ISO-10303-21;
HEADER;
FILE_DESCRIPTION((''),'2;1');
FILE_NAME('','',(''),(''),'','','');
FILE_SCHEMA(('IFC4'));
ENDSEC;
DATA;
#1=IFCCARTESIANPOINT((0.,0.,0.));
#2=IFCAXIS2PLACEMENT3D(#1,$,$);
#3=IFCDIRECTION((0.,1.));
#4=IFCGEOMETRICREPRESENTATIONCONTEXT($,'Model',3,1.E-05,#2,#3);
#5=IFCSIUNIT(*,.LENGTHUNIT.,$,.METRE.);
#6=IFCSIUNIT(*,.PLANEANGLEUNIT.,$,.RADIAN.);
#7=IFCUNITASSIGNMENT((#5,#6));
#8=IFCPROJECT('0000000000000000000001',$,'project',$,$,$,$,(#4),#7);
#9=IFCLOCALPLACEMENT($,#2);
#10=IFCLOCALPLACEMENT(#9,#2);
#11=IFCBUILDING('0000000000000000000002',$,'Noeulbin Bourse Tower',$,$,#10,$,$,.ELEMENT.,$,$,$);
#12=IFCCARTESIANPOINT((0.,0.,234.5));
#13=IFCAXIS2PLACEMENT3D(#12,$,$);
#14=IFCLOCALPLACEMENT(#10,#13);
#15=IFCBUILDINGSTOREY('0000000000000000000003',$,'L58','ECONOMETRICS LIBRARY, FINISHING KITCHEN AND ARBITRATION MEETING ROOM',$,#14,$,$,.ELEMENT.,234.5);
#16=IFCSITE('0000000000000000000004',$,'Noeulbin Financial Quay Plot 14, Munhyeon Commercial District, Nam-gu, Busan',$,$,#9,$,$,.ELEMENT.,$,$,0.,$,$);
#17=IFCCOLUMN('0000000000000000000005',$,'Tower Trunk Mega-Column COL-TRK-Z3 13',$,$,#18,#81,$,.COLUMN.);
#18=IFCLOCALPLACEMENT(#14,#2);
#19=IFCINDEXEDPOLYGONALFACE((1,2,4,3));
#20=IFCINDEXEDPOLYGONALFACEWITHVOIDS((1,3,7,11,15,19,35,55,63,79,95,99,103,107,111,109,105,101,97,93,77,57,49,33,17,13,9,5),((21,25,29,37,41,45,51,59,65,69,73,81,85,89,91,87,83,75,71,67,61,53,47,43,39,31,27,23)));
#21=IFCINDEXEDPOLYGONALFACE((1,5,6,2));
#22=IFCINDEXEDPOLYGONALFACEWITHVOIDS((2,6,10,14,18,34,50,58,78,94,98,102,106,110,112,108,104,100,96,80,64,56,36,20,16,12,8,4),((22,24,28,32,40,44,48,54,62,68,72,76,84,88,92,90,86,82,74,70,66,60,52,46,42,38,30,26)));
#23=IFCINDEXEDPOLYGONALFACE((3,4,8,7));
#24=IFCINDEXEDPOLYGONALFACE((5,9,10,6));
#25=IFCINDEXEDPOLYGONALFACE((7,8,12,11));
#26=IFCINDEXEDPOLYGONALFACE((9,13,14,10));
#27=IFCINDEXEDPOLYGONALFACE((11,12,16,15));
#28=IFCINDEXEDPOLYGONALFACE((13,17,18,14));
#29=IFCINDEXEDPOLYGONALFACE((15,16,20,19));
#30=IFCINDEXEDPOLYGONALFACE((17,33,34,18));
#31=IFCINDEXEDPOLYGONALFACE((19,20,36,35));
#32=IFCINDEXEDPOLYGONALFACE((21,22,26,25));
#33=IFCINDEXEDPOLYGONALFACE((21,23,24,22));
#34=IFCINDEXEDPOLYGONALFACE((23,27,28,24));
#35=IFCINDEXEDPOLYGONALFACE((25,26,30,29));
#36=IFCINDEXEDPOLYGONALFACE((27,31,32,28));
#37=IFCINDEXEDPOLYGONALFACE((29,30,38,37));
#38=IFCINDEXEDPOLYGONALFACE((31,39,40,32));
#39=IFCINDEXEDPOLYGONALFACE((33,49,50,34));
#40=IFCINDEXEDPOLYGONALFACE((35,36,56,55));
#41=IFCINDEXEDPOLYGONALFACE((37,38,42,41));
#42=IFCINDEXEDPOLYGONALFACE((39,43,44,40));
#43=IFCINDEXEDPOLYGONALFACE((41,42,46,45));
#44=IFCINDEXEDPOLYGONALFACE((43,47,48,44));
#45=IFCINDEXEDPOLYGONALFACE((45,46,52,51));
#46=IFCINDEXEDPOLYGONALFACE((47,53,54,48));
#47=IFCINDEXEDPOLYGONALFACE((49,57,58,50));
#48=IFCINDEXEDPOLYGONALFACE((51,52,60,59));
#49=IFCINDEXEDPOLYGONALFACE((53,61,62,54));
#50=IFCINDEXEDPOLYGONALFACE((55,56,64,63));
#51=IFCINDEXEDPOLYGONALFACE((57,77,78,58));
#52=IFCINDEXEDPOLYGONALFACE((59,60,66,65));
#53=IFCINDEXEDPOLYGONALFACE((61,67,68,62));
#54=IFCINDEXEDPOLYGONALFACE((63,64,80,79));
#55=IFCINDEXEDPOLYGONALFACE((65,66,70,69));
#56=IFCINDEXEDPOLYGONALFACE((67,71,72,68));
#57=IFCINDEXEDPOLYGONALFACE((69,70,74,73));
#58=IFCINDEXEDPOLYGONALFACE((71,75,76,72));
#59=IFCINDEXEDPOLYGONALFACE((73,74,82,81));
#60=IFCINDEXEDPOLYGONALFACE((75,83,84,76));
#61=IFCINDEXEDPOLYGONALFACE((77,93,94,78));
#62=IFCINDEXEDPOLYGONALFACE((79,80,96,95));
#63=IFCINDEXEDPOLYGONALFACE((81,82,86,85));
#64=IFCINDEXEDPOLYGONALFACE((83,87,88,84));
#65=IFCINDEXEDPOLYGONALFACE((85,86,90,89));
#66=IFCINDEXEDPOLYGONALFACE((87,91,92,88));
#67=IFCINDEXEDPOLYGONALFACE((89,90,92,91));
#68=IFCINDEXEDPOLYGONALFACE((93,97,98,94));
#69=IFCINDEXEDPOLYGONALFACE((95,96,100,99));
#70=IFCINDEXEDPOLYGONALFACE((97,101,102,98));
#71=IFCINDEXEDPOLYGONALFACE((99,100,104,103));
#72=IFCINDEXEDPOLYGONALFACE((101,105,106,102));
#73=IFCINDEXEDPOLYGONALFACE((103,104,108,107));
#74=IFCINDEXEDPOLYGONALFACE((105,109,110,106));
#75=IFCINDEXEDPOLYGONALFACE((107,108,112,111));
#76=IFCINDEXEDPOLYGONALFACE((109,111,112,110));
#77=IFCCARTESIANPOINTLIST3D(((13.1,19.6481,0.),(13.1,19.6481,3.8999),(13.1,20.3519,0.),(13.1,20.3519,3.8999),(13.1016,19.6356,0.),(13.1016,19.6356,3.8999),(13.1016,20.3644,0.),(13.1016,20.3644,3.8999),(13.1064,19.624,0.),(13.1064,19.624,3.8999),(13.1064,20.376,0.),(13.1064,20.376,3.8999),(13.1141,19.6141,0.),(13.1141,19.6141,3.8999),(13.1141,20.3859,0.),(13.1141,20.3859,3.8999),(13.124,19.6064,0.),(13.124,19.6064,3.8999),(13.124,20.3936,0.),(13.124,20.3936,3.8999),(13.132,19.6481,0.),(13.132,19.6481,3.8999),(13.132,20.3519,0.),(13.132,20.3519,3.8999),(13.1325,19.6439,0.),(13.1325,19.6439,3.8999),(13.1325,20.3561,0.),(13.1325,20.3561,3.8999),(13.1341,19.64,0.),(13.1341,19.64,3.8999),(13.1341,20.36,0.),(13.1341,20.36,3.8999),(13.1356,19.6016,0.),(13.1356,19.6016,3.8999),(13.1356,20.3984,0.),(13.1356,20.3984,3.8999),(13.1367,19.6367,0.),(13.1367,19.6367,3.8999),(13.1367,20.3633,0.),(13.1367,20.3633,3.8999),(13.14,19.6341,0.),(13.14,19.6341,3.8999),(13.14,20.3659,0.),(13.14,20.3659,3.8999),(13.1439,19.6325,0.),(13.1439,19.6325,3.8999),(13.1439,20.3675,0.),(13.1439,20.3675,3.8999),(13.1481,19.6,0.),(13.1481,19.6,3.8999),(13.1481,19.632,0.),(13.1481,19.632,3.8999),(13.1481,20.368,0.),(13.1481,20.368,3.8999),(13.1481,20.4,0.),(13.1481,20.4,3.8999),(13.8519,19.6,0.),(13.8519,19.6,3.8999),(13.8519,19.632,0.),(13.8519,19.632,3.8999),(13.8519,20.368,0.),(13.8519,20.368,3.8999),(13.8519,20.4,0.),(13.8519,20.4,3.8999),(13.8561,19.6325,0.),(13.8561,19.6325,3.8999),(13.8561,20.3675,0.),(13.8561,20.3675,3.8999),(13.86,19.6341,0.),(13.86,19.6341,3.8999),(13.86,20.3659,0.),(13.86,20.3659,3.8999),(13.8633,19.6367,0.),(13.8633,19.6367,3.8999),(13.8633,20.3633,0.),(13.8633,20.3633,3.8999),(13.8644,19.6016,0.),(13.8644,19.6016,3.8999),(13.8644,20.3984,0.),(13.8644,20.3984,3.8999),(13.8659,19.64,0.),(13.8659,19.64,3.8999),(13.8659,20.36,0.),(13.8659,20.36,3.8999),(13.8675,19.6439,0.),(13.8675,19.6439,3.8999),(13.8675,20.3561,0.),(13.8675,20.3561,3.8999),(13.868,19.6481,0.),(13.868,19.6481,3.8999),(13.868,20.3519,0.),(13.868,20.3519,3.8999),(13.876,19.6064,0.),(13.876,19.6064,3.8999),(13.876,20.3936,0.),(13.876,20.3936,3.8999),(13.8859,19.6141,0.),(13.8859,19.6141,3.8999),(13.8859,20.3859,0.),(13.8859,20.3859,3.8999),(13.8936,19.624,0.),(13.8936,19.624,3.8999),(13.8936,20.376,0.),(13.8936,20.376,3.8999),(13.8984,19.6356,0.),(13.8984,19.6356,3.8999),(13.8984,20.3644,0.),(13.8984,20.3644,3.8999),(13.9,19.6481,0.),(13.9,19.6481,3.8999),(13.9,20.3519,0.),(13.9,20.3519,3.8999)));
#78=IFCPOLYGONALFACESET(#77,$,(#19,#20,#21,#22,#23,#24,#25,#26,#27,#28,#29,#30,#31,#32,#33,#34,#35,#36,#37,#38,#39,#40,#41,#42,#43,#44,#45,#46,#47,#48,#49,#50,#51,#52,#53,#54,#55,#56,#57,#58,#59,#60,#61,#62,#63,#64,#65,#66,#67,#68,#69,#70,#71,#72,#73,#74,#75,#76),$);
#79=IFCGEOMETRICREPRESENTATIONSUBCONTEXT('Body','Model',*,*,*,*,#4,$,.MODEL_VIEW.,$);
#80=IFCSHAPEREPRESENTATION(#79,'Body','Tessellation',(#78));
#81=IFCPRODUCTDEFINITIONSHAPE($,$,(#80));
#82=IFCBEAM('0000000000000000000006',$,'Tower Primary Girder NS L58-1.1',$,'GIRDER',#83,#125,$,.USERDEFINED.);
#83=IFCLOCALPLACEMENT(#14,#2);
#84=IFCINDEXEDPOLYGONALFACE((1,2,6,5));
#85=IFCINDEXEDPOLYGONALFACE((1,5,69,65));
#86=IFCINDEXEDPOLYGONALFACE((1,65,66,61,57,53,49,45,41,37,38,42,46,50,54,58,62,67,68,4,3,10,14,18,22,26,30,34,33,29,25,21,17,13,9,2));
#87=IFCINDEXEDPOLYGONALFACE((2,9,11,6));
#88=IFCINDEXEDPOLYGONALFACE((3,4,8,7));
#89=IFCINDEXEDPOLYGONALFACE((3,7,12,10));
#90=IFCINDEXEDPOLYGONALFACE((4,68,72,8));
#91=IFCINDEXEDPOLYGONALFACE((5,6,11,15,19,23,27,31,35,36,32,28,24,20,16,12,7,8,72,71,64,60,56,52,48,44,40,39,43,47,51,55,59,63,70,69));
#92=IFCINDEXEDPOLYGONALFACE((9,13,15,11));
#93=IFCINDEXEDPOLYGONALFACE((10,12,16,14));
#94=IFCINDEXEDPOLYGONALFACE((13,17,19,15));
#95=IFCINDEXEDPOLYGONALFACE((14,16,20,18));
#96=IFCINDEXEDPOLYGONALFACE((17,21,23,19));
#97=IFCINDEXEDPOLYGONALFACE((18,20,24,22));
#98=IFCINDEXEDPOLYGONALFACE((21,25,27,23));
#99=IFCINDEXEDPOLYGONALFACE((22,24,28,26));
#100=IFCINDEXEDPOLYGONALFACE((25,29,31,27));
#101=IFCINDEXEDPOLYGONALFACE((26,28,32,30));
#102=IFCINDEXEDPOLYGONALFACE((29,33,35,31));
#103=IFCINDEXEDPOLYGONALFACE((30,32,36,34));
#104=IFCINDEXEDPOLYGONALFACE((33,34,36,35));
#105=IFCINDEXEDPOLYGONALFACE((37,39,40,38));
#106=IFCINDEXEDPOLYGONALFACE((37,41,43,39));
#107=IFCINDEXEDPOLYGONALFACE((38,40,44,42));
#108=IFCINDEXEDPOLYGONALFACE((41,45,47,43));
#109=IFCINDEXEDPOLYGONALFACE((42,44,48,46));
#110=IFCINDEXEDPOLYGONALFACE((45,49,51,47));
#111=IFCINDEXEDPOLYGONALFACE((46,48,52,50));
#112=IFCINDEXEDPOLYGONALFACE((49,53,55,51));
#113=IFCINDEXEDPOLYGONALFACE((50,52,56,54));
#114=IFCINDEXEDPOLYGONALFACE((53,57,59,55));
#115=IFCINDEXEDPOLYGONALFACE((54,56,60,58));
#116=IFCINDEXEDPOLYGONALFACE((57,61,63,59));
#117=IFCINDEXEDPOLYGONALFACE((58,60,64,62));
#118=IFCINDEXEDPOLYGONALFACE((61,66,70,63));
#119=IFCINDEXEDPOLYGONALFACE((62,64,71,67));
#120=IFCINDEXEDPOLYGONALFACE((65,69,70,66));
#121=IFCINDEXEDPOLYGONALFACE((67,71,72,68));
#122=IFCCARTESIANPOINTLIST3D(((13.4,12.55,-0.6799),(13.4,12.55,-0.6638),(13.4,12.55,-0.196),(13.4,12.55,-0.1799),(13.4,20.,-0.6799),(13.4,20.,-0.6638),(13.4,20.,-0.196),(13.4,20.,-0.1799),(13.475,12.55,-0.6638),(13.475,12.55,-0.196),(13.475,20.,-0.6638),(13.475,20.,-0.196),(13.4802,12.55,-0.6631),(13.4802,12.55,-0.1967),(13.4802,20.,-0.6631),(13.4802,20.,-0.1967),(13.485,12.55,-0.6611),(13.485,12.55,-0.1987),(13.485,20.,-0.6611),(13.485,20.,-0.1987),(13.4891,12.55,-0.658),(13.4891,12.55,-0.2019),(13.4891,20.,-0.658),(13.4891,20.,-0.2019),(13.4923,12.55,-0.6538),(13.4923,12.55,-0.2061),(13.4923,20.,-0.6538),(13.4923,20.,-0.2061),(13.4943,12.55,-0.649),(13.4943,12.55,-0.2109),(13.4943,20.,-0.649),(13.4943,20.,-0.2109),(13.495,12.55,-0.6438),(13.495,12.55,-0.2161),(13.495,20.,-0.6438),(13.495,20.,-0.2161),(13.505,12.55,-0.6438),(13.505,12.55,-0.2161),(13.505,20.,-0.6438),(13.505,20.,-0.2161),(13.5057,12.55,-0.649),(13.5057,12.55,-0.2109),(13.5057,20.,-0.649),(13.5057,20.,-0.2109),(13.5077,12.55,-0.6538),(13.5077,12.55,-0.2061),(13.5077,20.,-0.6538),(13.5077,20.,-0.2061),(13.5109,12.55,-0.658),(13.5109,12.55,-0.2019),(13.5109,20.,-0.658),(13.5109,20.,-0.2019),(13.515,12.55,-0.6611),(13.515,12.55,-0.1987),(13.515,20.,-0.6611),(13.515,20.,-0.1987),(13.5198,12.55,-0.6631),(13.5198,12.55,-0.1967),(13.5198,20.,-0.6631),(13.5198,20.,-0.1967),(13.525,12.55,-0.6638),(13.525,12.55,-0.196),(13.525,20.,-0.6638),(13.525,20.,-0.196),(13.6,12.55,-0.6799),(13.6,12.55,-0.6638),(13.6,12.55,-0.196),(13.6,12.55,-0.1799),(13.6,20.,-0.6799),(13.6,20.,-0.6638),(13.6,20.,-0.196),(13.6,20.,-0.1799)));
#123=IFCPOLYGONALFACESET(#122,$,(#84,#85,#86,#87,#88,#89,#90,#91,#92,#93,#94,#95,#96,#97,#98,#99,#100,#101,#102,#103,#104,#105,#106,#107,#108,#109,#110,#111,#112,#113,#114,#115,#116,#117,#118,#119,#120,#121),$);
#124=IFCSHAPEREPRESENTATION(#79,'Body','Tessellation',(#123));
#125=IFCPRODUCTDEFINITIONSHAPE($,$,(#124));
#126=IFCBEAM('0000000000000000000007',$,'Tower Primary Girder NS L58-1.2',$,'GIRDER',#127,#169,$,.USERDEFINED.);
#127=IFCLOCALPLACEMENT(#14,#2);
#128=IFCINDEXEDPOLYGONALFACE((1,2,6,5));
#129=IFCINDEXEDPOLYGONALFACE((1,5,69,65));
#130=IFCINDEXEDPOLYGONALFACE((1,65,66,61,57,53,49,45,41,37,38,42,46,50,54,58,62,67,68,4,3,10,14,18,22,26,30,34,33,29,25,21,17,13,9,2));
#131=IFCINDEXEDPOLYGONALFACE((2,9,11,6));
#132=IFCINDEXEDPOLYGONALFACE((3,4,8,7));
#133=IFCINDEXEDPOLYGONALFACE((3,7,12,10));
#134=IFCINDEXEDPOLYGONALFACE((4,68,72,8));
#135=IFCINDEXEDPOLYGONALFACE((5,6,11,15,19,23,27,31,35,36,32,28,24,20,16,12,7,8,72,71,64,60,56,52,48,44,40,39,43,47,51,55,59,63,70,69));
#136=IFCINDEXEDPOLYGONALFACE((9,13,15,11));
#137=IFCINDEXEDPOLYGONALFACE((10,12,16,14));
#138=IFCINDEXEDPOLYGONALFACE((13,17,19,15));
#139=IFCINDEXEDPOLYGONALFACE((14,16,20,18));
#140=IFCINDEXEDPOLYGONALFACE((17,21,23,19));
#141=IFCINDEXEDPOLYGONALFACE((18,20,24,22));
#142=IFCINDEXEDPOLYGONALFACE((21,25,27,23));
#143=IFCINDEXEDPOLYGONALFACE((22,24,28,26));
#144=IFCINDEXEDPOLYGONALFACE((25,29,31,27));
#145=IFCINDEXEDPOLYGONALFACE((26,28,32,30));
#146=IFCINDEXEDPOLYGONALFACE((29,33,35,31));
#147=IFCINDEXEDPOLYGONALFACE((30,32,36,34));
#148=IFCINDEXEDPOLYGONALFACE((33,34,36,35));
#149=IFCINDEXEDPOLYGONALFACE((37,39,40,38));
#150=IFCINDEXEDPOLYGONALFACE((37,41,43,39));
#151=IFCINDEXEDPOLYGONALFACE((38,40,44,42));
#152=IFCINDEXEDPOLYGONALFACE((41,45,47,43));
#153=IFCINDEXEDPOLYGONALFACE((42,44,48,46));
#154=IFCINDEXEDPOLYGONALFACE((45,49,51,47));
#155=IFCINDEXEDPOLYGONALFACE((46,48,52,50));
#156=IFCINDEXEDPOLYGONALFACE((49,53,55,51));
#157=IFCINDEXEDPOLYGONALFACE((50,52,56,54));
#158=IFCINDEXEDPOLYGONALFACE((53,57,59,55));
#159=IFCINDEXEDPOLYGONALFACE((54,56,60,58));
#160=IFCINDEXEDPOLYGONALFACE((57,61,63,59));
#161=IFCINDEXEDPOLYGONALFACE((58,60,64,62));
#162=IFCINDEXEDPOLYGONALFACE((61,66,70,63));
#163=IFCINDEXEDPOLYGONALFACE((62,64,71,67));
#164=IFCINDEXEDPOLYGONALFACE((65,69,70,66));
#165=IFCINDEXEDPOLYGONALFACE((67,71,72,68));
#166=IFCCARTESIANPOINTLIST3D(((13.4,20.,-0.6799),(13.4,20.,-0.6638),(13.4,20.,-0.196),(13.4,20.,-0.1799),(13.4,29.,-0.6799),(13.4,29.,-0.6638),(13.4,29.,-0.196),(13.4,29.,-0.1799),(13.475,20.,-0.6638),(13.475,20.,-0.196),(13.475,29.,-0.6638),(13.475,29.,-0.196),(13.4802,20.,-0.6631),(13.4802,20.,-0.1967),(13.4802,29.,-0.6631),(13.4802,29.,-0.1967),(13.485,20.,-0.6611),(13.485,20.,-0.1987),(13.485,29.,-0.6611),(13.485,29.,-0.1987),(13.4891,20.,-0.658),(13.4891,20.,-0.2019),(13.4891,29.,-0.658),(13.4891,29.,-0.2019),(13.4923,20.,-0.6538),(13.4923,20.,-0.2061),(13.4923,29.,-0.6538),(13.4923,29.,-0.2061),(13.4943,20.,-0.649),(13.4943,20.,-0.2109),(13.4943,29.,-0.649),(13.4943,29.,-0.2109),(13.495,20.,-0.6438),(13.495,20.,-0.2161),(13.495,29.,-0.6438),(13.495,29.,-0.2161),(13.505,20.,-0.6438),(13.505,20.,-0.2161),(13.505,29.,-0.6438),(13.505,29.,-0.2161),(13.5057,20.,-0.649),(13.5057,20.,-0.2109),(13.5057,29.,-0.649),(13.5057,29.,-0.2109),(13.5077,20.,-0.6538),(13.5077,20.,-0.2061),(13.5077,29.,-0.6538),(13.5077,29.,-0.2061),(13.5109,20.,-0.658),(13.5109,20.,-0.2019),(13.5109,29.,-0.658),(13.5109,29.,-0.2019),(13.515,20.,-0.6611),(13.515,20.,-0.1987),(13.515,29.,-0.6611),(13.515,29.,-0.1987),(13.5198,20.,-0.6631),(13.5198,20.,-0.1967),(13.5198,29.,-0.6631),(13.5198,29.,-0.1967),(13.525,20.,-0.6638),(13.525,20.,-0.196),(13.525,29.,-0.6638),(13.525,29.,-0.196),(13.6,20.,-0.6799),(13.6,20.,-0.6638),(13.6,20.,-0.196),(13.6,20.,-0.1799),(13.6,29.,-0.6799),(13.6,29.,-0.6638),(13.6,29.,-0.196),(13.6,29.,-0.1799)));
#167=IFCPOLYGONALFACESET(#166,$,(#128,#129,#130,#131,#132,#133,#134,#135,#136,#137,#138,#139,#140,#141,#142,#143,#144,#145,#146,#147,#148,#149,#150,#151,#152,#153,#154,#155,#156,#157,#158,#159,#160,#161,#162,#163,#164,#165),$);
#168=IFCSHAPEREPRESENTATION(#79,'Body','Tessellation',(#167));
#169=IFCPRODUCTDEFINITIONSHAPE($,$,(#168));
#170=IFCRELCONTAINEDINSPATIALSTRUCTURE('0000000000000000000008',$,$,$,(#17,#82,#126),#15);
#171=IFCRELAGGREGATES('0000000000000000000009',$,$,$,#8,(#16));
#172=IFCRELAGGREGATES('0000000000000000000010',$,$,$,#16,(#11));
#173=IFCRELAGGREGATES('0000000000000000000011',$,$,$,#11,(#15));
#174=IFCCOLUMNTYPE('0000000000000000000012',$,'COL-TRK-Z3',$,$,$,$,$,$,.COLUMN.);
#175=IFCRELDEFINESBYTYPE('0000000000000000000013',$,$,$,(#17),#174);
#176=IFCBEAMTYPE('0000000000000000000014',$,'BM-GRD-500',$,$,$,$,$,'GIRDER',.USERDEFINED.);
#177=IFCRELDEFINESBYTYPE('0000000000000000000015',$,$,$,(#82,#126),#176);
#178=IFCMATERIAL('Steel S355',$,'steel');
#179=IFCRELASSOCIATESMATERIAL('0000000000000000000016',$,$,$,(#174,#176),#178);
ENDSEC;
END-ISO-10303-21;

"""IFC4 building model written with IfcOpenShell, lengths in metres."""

from ifc_helpers import new_model, si_unit, direction, frame, origin, origin_2d, place, context, subcontext, project, spatial, hollow_rectangle, i_section, extrude, material, material_profile, profile_set, type_object, element, save


model = new_model("IFC4")

# Units and contexts
model_context = context("Model", 3, precision=1e-05, world=origin(), true_north=direction((0.0, 1.0)))
body_context = subcontext(model_context, "Body", "Model", "MODEL_VIEW")
ifc_project = project(units=[si_unit("LENGTHUNIT", "METRE"), si_unit("PLANEANGLEUNIT", "RADIAN")], contexts=[model_context])

# Site, building, storey
site_placement = place(None, origin())
site = spatial("IfcSite", under=ifc_project, at=site_placement, Name="Noeulbin Financial Quay Plot 14, Munhyeon Commercial District, Nam-gu, Busan", CompositionType="ELEMENT", RefElevation=0.0)
building_placement = place(site_placement, origin())
building = spatial("IfcBuilding", under=site, at=building_placement, Name="Noeulbin Bourse Tower", CompositionType="ELEMENT")
storey_placement = place(building_placement, frame((0.0, 0.0, 234.5)))
storey = spatial("IfcBuildingStorey", under=building, at=storey_placement, Name="L58", Description="ECONOMETRICS LIBRARY, FINISHING KITCHEN AND ARBITRATION MEETING ROOM", CompositionType="ELEMENT", Elevation=234.5)

# Column
ifc_material_1 = material(Name="Steel S355", Category="steel")
ifc_material_profile_1 = material_profile(ifc_material_1, hollow_rectangle(XDim=0.8, YDim=0.8, WallThickness=0.032, InnerFilletRadius=0.0161, OuterFilletRadius=0.0481, at=origin_2d()), Name="BOX-800x800x32", Category="LoadBearing")
ifc_profile_set_1 = profile_set([ifc_material_profile_1], Name="Steel S355")
column_type_1 = type_object("IfcColumnType", Name="COL-TRK-Z3", PredefinedType="COLUMN", material=ifc_profile_set_1)
column_placement = place(storey_placement, frame((13.5, 20.0, 0.0), z_axis=(0.0, 0.0, 1.0), x_axis=(1.0, 0.0, 0.0)))
element("IfcColumn", 1, at=column_placement, inside=storey, type_object=column_type_1, Name="Tower Trunk Mega-Column COL-TRK-Z3 13", PredefinedType="COLUMN", context=body_context, shape_type="SweptSolid", body=[
    extrude(hollow_rectangle(XDim=0.8, YDim=0.8, WallThickness=0.032, InnerFilletRadius=0.0161, OuterFilletRadius=0.0481, at=origin_2d()), origin(), (0.0, 0.0, 1.0), 3.8999),
])

# Beams
ifc_material_profile_2 = material_profile(ifc_material_1, i_section(OverallWidth=0.2, OverallDepth=0.5, WebThickness=0.01, FlangeThickness=0.0161, FilletRadius=0.02, at=origin_2d()), Name="H-500x200x10x16", Category="LoadBearing")
ifc_profile_set_2 = profile_set([ifc_material_profile_2], Name="Steel S355")
beam_type_1 = type_object("IfcBeamType", Name="BM-GRD-500", ElementType="GIRDER", PredefinedType="USERDEFINED", material=ifc_profile_set_2)
beam_1_placement = place(storey_placement, frame((13.5, 12.55, -0.4299), z_axis=(0.0, 1.0, 0.0), x_axis=(-1.0, 0.0, 0.0)))
element("IfcBeam", 2, at=beam_1_placement, inside=storey, type_object=beam_type_1, Name="Tower Primary Girder NS L58-1.1", ObjectType="GIRDER", PredefinedType="USERDEFINED", context=body_context, shape_type="SweptSolid", body=[
    extrude(i_section(OverallWidth=0.2, OverallDepth=0.5, WebThickness=0.01, FlangeThickness=0.0161, FilletRadius=0.02, at=origin_2d()), origin(), (0.0, 0.0, 1.0), 7.45),
])
beam_2_placement = place(storey_placement, frame((13.5, 20.0, -0.4299), z_axis=(0.0, 1.0, 0.0), x_axis=(-1.0, 0.0, 0.0)))
element("IfcBeam", 3, at=beam_2_placement, inside=storey, type_object=beam_type_1, Name="Tower Primary Girder NS L58-1.2", ObjectType="GIRDER", PredefinedType="USERDEFINED", context=body_context, shape_type="SweptSolid", body=[
    extrude(i_section(OverallWidth=0.2, OverallDepth=0.5, WebThickness=0.01, FlangeThickness=0.0161, FilletRadius=0.02, at=origin_2d()), origin(), (0.0, 0.0, 1.0), 9.0),
])

save(model, "model.ifc")
